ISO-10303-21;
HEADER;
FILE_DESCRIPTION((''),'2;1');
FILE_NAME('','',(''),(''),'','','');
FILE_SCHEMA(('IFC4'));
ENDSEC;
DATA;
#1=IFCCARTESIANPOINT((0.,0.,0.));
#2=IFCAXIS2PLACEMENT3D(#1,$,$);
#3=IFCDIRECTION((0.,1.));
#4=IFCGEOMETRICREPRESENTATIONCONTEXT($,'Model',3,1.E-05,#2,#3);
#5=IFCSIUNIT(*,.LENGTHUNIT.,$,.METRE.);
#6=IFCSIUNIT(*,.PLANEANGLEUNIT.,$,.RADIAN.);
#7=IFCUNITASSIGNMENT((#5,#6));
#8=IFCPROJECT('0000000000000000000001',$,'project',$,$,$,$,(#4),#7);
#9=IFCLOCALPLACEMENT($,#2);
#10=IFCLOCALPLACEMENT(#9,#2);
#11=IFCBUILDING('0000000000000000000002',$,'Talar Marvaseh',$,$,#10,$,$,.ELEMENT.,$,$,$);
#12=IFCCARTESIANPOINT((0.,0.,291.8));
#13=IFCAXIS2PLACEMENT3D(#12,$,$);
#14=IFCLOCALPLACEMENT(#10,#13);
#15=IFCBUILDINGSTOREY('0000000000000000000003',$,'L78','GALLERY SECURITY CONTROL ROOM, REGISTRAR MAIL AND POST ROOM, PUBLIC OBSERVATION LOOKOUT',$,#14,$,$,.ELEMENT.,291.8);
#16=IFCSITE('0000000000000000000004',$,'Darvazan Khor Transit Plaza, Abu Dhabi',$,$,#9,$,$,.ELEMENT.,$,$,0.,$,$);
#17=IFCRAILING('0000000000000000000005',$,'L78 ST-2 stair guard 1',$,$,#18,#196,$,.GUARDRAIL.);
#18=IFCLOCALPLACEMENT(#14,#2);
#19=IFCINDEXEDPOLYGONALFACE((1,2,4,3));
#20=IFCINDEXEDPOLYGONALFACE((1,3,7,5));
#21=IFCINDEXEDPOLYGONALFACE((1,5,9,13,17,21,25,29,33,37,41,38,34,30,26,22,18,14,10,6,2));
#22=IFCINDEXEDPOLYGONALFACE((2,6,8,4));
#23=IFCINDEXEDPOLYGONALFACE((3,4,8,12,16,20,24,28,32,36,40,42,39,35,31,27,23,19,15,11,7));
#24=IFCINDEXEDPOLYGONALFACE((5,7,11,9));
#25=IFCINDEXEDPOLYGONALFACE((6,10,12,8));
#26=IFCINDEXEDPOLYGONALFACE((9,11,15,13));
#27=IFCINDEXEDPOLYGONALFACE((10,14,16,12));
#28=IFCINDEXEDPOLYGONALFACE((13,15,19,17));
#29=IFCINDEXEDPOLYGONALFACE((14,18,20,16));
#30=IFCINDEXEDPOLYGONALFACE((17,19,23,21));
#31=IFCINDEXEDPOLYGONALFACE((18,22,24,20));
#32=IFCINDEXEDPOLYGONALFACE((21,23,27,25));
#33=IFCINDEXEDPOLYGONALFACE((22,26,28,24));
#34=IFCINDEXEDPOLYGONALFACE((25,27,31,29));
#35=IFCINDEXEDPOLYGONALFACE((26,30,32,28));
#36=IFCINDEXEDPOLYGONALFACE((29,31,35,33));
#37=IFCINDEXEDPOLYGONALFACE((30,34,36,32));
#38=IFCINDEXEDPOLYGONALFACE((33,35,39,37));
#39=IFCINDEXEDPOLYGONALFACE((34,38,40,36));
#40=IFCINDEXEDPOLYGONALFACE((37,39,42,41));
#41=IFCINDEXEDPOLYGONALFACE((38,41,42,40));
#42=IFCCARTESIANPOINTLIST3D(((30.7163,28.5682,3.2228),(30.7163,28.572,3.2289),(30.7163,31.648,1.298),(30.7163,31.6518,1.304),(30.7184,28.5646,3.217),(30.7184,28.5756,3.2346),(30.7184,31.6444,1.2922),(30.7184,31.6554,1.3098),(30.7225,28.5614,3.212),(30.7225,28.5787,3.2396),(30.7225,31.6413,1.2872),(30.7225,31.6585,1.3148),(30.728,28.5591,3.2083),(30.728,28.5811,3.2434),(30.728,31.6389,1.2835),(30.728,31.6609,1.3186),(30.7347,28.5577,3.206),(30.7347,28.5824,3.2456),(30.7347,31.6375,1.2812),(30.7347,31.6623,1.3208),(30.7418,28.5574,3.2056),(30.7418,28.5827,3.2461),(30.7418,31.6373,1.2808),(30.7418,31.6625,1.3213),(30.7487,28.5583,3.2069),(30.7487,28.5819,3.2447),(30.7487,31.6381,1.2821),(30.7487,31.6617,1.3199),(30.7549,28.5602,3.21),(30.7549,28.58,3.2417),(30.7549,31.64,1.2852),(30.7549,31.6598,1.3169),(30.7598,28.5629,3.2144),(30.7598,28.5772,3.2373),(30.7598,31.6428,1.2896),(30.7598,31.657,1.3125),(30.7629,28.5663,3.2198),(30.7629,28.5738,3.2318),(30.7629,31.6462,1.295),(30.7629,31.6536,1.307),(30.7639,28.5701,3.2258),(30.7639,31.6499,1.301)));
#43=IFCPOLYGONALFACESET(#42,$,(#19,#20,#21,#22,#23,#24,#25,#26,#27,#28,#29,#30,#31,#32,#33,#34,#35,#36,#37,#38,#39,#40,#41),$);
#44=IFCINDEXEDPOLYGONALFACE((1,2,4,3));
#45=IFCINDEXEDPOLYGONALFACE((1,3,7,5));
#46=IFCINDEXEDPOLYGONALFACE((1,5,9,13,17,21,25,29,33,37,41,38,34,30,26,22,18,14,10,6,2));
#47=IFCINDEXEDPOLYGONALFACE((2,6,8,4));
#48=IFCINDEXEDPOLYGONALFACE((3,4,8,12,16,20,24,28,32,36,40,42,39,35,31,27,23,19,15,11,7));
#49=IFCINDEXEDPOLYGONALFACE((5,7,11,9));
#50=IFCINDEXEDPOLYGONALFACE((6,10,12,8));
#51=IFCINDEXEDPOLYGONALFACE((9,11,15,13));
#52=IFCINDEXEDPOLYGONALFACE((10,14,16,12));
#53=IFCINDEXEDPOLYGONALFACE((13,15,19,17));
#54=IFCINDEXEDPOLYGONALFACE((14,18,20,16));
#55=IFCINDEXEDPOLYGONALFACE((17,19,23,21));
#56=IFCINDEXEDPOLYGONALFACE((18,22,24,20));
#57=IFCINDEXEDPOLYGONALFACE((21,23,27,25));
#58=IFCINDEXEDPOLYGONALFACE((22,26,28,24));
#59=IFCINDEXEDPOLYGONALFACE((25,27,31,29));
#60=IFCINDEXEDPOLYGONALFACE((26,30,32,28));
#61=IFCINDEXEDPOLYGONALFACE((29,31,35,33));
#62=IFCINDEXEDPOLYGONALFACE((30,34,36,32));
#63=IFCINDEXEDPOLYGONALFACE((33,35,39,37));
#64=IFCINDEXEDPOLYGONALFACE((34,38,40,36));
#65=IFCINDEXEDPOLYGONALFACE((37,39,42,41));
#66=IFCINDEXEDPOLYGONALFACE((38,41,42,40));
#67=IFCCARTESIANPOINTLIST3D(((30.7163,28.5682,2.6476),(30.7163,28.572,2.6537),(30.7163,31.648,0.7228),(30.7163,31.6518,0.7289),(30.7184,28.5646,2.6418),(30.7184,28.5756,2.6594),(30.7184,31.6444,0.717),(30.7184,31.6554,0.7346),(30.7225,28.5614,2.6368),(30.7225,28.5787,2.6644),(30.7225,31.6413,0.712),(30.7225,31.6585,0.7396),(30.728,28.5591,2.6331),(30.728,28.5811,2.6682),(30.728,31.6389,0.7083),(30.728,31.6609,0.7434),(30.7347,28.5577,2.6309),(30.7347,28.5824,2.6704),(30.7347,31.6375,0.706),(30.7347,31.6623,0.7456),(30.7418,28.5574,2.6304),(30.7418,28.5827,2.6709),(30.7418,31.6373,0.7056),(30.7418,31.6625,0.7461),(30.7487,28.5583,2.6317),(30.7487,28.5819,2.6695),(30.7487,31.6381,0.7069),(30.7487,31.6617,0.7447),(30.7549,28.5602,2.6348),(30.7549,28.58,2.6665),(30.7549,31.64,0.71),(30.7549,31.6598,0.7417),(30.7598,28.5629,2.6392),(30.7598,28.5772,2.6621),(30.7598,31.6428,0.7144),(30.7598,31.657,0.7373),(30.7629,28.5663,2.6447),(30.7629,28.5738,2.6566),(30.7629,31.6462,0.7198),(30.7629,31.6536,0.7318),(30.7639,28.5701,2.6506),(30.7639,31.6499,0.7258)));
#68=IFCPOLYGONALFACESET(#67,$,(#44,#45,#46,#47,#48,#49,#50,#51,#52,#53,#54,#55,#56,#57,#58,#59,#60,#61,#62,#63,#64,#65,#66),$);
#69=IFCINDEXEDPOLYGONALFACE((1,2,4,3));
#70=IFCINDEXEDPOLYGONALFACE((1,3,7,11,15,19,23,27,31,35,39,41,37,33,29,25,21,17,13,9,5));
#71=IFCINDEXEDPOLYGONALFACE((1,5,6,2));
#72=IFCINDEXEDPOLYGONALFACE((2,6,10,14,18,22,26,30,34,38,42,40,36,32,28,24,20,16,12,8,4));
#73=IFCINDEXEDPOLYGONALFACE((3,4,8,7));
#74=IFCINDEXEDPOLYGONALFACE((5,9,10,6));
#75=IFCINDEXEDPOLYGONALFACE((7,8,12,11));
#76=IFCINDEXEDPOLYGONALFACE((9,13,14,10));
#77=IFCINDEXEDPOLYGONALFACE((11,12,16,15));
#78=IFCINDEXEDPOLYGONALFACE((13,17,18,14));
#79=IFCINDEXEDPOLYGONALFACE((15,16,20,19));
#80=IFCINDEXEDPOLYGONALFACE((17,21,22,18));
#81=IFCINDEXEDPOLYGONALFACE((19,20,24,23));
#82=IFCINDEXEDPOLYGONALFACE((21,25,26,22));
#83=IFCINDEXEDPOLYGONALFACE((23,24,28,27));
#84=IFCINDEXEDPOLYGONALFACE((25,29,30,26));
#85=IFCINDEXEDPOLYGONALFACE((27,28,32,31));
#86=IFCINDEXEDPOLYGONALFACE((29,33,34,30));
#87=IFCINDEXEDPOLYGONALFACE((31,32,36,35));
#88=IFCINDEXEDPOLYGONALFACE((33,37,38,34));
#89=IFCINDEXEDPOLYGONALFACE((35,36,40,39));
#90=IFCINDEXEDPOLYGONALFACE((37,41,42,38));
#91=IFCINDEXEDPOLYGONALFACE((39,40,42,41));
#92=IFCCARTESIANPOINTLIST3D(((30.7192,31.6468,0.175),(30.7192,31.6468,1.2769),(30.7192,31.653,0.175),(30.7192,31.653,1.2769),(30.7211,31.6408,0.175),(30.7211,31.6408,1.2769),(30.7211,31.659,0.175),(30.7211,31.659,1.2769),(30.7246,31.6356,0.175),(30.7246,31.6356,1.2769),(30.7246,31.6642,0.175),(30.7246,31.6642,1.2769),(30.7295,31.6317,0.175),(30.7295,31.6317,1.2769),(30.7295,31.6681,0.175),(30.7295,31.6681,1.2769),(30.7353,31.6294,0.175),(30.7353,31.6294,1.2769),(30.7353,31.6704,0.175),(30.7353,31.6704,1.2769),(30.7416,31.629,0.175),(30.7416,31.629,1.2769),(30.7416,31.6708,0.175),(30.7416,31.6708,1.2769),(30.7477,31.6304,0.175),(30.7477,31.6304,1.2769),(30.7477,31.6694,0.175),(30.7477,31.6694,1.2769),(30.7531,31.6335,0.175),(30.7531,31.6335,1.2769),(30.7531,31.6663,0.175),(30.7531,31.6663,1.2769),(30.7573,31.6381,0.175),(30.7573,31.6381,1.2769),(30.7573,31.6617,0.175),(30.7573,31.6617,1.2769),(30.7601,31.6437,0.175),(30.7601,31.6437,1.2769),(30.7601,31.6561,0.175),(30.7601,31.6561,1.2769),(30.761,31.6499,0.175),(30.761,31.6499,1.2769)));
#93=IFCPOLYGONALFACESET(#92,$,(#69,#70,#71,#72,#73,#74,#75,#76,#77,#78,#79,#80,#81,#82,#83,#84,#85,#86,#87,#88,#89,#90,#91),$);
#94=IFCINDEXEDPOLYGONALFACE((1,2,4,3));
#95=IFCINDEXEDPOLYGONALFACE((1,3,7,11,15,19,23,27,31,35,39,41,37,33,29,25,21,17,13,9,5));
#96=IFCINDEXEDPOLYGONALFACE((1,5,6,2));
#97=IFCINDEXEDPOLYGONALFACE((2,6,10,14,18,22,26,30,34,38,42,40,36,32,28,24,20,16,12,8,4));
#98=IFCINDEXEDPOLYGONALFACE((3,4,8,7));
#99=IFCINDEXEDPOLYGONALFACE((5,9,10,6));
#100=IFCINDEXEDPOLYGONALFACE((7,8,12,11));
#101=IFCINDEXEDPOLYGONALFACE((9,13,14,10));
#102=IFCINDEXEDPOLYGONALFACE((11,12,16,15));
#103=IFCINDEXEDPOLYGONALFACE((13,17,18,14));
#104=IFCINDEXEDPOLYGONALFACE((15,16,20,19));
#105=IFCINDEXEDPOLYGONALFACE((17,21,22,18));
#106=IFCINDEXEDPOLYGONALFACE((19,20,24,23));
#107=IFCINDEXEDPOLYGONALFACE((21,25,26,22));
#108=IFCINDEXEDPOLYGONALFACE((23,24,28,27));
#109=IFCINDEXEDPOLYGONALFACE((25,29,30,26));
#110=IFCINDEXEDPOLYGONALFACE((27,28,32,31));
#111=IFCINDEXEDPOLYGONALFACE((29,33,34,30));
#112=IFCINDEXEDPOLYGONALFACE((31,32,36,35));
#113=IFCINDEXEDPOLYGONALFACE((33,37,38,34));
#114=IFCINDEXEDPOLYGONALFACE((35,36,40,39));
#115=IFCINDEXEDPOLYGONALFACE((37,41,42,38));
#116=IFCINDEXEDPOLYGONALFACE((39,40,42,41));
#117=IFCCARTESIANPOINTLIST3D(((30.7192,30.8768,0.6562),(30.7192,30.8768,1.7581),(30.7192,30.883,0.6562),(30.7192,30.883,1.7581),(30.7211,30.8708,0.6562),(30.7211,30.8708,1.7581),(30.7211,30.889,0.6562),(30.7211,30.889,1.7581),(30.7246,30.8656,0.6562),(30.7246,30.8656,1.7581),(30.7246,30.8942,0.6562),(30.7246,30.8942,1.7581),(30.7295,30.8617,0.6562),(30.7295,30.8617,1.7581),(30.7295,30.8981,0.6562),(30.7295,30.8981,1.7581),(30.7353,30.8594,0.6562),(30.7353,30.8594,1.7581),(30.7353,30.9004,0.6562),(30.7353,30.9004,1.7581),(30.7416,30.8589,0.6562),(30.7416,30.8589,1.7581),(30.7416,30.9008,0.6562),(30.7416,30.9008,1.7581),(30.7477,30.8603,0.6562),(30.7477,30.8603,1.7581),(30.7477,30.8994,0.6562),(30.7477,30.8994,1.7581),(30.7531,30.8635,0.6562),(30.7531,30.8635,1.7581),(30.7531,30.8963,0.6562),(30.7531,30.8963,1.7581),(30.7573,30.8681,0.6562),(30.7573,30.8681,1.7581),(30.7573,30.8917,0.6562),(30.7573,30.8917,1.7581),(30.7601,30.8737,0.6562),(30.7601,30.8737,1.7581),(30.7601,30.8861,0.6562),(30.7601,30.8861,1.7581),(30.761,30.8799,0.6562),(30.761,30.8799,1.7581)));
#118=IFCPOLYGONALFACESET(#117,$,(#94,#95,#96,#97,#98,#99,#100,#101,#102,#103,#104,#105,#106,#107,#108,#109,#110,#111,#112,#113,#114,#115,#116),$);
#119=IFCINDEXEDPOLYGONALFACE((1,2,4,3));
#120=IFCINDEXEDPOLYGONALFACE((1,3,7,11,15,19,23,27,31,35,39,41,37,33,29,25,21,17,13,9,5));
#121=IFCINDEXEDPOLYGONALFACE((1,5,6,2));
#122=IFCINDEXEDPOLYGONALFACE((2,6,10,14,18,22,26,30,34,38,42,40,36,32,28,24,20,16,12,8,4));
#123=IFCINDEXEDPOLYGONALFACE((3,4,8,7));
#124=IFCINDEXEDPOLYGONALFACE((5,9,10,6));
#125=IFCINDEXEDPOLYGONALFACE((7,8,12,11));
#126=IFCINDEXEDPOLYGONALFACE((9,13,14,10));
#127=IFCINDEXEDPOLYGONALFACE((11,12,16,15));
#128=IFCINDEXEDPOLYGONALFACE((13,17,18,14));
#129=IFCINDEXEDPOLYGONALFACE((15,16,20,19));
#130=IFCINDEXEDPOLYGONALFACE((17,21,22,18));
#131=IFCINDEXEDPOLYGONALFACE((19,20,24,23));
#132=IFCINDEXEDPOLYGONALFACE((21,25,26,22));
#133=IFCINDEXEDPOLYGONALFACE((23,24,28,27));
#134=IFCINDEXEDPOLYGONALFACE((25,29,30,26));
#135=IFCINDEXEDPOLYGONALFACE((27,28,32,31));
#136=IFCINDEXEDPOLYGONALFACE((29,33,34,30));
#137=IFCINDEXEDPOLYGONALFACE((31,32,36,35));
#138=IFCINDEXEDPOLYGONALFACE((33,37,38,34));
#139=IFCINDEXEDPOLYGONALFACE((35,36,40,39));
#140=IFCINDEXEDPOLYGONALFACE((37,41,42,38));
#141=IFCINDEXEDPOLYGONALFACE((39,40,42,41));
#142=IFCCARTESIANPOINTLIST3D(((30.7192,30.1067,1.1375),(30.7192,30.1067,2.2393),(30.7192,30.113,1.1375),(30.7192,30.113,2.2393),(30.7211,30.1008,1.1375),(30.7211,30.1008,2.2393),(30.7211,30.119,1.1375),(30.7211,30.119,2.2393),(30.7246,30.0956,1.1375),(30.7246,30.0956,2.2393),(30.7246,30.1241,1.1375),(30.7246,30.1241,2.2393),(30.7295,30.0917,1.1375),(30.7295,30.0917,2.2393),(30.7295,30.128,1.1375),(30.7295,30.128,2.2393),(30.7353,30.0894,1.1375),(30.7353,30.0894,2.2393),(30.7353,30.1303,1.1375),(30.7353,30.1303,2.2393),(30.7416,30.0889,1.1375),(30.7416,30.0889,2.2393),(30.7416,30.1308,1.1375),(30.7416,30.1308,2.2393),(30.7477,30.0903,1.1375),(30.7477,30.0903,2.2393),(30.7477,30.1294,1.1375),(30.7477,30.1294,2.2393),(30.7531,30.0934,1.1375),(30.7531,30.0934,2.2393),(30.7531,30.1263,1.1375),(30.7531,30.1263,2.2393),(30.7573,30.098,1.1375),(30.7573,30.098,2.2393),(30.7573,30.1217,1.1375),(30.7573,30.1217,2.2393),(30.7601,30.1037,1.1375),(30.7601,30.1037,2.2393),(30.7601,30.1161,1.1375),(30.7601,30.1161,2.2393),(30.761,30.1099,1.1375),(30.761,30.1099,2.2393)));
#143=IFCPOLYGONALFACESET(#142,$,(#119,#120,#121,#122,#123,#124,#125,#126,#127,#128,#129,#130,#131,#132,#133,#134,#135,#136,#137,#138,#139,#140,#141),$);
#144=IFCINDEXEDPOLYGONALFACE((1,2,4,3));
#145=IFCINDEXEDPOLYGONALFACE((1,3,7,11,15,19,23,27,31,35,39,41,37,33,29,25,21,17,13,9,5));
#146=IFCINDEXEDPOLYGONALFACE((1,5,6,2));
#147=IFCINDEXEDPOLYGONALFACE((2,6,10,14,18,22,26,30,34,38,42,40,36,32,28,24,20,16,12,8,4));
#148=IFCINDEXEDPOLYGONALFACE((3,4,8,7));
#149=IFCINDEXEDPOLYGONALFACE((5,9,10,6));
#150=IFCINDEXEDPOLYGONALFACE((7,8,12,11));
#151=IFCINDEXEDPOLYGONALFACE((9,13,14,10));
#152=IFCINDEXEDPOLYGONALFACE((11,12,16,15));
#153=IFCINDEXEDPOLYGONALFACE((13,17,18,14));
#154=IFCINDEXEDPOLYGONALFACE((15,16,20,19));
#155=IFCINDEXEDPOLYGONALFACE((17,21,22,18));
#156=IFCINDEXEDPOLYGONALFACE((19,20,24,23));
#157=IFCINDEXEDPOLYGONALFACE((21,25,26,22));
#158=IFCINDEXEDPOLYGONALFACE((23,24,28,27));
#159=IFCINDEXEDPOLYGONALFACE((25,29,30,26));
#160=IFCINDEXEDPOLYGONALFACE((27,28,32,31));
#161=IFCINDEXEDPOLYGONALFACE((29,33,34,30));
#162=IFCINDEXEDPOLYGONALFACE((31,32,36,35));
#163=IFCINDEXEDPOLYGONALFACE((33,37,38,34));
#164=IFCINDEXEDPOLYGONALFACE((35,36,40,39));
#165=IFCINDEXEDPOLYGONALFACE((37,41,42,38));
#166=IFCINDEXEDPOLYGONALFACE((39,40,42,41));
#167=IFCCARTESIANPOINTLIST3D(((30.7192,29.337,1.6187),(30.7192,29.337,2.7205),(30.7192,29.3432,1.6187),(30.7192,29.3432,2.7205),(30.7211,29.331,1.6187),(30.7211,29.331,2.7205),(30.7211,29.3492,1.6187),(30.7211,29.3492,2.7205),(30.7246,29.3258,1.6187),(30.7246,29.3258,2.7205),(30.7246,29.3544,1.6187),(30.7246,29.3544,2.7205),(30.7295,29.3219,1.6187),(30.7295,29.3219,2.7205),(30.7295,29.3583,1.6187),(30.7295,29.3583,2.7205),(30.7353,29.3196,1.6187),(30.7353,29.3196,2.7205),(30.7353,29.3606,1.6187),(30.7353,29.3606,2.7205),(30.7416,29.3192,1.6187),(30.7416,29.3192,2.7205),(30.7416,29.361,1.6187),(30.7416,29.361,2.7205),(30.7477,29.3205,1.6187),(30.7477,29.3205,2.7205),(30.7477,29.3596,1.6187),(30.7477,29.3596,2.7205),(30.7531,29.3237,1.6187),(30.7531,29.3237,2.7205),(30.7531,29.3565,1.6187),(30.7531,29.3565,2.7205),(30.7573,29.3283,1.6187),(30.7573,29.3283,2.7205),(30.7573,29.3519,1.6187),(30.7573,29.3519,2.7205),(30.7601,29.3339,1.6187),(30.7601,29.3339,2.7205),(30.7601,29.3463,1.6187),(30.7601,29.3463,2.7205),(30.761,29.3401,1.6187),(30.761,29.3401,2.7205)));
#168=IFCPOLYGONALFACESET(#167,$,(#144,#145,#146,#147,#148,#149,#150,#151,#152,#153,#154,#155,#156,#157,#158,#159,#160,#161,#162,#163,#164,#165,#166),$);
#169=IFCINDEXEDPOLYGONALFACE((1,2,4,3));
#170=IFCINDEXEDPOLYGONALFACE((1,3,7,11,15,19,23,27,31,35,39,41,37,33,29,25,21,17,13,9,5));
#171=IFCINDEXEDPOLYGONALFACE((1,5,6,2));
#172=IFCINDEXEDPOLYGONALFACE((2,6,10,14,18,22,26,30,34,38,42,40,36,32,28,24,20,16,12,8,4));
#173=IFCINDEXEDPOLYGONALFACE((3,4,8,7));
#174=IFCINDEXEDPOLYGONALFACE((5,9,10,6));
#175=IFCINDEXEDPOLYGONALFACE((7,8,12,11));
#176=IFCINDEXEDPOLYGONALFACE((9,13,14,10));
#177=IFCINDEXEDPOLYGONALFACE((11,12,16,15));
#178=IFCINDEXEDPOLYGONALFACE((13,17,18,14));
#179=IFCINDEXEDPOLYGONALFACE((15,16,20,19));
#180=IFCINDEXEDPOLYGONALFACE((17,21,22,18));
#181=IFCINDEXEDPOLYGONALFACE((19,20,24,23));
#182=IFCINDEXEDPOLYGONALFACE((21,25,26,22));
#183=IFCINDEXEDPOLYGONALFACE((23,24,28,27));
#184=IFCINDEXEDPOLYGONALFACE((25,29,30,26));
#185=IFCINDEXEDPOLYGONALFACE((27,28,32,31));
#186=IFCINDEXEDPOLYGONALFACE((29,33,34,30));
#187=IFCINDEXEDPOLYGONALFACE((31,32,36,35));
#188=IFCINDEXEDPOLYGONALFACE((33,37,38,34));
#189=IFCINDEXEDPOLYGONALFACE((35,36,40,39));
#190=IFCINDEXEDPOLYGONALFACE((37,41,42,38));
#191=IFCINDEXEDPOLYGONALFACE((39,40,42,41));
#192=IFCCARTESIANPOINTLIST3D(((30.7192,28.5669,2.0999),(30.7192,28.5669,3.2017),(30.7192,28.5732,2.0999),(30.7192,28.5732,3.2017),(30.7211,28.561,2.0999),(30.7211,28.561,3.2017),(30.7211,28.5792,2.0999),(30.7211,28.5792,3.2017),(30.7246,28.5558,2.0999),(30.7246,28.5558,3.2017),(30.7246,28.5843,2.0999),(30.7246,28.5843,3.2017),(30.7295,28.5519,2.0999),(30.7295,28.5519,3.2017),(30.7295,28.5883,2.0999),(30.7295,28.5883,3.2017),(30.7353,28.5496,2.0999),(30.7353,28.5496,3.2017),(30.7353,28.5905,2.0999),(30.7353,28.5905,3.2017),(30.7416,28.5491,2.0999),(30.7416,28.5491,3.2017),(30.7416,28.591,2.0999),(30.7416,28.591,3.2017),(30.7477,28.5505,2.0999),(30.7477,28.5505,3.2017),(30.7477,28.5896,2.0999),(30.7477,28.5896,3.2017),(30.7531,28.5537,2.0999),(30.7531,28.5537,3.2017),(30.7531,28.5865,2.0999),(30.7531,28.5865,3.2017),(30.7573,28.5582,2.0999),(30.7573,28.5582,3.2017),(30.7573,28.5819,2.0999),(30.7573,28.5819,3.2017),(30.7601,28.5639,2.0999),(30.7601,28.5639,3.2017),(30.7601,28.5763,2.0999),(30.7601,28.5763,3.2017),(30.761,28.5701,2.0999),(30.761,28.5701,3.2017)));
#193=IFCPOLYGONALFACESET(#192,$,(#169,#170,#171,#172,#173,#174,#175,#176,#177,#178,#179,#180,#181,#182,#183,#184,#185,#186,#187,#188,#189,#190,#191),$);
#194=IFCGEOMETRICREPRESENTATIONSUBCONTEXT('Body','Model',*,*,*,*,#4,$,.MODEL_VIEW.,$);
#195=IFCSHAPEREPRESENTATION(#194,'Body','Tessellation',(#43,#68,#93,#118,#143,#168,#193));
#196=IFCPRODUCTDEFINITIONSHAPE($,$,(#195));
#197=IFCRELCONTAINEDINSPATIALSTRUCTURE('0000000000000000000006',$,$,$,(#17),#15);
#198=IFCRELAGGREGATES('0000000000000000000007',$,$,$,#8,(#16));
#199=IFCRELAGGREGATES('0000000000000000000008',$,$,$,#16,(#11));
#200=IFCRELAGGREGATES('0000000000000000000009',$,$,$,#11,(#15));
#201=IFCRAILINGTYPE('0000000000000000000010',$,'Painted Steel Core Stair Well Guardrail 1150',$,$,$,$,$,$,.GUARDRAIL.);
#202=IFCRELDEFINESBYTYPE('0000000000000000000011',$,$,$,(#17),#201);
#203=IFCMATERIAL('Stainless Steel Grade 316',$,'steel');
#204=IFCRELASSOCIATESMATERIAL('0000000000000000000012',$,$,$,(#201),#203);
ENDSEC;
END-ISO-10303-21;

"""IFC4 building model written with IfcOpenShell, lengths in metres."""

from ifc_helpers import new_model, si_unit, direction, frame, origin, origin_2d, place, context, subcontext, project, spatial, circle, extrude, material, type_object, element, save


model = new_model("IFC4")

# Units and contexts
model_context = context("Model", 3, precision=1e-05, world=origin(), true_north=direction((0.0, 1.0)))
body_context = subcontext(model_context, "Body", "Model", "MODEL_VIEW")
ifc_project = project(units=[si_unit("LENGTHUNIT", "METRE"), si_unit("PLANEANGLEUNIT", "RADIAN")], contexts=[model_context])

# Site, building, storey
site_placement = place(None, origin())
site = spatial("IfcSite", under=ifc_project, at=site_placement, Name="Darvazan Khor Transit Plaza, Abu Dhabi", CompositionType="ELEMENT", RefElevation=0.0)
building_placement = place(site_placement, origin())
building = spatial("IfcBuilding", under=site, at=building_placement, Name="Talar Marvaseh", CompositionType="ELEMENT")
storey_placement = place(building_placement, frame((0.0, 0.0, 291.8)))
storey = spatial("IfcBuildingStorey", under=building, at=storey_placement, Name="L78", Description="GALLERY SECURITY CONTROL ROOM, REGISTRAR MAIL AND POST ROOM, PUBLIC OBSERVATION LOOKOUT", CompositionType="ELEMENT", Elevation=291.8)

# Shared definitions
ifc_material_1 = material(Name="Stainless Steel Grade 316", Category="steel")

# Railing
railing_type_1 = type_object("IfcRailingType", Name="Painted Steel Core Stair Well Guardrail 1150", PredefinedType="GUARDRAIL", material=ifc_material_1)
railing_1_placement = place(storey_placement, frame((30.74, 31.6499, 0.175)))
element("IfcRailing", 1, at=railing_1_placement, inside=storey, type_object=railing_type_1, Name="L78 ST-2 stair guard 1", PredefinedType="GUARDRAIL", context=body_context, shape_type="SweptSolid", body=[
    extrude(circle(Radius=0.0239, at=origin_2d()), frame((0.0, 0.0, 1.126), z_axis=(0.0, -0.84801, 0.529981), x_axis=(1.0, 0.0, 0.0)), (0.0, 0.0, 1.0), 3.6318),
    extrude(circle(Radius=0.0239, at=origin_2d()), frame((0.0, 0.0, 0.5508), z_axis=(0.0, -0.84801, 0.529981), x_axis=(1.0, 0.0, 0.0)), (0.0, 0.0, 1.0), 3.6318),
    extrude(circle(Radius=0.021, at=origin_2d()), origin(), (0.0, 0.0, 1.0), 1.1018),
    extrude(circle(Radius=0.021, at=origin_2d()), frame((0.0, -0.77, 0.4812)), (0.0, 0.0, 1.0), 1.1018),
    extrude(circle(Radius=0.021, at=origin_2d()), frame((0.0, -1.54, 0.9624)), (0.0, 0.0, 1.0), 1.1018),
    extrude(circle(Radius=0.021, at=origin_2d()), frame((0.0, -2.3098, 1.4436)), (0.0, 0.0, 1.0), 1.1018),
    extrude(circle(Radius=0.021, at=origin_2d()), frame((0.0, -3.0798, 1.9248)), (0.0, 0.0, 1.0), 1.1018),
])

save(model, "model.ifc")
